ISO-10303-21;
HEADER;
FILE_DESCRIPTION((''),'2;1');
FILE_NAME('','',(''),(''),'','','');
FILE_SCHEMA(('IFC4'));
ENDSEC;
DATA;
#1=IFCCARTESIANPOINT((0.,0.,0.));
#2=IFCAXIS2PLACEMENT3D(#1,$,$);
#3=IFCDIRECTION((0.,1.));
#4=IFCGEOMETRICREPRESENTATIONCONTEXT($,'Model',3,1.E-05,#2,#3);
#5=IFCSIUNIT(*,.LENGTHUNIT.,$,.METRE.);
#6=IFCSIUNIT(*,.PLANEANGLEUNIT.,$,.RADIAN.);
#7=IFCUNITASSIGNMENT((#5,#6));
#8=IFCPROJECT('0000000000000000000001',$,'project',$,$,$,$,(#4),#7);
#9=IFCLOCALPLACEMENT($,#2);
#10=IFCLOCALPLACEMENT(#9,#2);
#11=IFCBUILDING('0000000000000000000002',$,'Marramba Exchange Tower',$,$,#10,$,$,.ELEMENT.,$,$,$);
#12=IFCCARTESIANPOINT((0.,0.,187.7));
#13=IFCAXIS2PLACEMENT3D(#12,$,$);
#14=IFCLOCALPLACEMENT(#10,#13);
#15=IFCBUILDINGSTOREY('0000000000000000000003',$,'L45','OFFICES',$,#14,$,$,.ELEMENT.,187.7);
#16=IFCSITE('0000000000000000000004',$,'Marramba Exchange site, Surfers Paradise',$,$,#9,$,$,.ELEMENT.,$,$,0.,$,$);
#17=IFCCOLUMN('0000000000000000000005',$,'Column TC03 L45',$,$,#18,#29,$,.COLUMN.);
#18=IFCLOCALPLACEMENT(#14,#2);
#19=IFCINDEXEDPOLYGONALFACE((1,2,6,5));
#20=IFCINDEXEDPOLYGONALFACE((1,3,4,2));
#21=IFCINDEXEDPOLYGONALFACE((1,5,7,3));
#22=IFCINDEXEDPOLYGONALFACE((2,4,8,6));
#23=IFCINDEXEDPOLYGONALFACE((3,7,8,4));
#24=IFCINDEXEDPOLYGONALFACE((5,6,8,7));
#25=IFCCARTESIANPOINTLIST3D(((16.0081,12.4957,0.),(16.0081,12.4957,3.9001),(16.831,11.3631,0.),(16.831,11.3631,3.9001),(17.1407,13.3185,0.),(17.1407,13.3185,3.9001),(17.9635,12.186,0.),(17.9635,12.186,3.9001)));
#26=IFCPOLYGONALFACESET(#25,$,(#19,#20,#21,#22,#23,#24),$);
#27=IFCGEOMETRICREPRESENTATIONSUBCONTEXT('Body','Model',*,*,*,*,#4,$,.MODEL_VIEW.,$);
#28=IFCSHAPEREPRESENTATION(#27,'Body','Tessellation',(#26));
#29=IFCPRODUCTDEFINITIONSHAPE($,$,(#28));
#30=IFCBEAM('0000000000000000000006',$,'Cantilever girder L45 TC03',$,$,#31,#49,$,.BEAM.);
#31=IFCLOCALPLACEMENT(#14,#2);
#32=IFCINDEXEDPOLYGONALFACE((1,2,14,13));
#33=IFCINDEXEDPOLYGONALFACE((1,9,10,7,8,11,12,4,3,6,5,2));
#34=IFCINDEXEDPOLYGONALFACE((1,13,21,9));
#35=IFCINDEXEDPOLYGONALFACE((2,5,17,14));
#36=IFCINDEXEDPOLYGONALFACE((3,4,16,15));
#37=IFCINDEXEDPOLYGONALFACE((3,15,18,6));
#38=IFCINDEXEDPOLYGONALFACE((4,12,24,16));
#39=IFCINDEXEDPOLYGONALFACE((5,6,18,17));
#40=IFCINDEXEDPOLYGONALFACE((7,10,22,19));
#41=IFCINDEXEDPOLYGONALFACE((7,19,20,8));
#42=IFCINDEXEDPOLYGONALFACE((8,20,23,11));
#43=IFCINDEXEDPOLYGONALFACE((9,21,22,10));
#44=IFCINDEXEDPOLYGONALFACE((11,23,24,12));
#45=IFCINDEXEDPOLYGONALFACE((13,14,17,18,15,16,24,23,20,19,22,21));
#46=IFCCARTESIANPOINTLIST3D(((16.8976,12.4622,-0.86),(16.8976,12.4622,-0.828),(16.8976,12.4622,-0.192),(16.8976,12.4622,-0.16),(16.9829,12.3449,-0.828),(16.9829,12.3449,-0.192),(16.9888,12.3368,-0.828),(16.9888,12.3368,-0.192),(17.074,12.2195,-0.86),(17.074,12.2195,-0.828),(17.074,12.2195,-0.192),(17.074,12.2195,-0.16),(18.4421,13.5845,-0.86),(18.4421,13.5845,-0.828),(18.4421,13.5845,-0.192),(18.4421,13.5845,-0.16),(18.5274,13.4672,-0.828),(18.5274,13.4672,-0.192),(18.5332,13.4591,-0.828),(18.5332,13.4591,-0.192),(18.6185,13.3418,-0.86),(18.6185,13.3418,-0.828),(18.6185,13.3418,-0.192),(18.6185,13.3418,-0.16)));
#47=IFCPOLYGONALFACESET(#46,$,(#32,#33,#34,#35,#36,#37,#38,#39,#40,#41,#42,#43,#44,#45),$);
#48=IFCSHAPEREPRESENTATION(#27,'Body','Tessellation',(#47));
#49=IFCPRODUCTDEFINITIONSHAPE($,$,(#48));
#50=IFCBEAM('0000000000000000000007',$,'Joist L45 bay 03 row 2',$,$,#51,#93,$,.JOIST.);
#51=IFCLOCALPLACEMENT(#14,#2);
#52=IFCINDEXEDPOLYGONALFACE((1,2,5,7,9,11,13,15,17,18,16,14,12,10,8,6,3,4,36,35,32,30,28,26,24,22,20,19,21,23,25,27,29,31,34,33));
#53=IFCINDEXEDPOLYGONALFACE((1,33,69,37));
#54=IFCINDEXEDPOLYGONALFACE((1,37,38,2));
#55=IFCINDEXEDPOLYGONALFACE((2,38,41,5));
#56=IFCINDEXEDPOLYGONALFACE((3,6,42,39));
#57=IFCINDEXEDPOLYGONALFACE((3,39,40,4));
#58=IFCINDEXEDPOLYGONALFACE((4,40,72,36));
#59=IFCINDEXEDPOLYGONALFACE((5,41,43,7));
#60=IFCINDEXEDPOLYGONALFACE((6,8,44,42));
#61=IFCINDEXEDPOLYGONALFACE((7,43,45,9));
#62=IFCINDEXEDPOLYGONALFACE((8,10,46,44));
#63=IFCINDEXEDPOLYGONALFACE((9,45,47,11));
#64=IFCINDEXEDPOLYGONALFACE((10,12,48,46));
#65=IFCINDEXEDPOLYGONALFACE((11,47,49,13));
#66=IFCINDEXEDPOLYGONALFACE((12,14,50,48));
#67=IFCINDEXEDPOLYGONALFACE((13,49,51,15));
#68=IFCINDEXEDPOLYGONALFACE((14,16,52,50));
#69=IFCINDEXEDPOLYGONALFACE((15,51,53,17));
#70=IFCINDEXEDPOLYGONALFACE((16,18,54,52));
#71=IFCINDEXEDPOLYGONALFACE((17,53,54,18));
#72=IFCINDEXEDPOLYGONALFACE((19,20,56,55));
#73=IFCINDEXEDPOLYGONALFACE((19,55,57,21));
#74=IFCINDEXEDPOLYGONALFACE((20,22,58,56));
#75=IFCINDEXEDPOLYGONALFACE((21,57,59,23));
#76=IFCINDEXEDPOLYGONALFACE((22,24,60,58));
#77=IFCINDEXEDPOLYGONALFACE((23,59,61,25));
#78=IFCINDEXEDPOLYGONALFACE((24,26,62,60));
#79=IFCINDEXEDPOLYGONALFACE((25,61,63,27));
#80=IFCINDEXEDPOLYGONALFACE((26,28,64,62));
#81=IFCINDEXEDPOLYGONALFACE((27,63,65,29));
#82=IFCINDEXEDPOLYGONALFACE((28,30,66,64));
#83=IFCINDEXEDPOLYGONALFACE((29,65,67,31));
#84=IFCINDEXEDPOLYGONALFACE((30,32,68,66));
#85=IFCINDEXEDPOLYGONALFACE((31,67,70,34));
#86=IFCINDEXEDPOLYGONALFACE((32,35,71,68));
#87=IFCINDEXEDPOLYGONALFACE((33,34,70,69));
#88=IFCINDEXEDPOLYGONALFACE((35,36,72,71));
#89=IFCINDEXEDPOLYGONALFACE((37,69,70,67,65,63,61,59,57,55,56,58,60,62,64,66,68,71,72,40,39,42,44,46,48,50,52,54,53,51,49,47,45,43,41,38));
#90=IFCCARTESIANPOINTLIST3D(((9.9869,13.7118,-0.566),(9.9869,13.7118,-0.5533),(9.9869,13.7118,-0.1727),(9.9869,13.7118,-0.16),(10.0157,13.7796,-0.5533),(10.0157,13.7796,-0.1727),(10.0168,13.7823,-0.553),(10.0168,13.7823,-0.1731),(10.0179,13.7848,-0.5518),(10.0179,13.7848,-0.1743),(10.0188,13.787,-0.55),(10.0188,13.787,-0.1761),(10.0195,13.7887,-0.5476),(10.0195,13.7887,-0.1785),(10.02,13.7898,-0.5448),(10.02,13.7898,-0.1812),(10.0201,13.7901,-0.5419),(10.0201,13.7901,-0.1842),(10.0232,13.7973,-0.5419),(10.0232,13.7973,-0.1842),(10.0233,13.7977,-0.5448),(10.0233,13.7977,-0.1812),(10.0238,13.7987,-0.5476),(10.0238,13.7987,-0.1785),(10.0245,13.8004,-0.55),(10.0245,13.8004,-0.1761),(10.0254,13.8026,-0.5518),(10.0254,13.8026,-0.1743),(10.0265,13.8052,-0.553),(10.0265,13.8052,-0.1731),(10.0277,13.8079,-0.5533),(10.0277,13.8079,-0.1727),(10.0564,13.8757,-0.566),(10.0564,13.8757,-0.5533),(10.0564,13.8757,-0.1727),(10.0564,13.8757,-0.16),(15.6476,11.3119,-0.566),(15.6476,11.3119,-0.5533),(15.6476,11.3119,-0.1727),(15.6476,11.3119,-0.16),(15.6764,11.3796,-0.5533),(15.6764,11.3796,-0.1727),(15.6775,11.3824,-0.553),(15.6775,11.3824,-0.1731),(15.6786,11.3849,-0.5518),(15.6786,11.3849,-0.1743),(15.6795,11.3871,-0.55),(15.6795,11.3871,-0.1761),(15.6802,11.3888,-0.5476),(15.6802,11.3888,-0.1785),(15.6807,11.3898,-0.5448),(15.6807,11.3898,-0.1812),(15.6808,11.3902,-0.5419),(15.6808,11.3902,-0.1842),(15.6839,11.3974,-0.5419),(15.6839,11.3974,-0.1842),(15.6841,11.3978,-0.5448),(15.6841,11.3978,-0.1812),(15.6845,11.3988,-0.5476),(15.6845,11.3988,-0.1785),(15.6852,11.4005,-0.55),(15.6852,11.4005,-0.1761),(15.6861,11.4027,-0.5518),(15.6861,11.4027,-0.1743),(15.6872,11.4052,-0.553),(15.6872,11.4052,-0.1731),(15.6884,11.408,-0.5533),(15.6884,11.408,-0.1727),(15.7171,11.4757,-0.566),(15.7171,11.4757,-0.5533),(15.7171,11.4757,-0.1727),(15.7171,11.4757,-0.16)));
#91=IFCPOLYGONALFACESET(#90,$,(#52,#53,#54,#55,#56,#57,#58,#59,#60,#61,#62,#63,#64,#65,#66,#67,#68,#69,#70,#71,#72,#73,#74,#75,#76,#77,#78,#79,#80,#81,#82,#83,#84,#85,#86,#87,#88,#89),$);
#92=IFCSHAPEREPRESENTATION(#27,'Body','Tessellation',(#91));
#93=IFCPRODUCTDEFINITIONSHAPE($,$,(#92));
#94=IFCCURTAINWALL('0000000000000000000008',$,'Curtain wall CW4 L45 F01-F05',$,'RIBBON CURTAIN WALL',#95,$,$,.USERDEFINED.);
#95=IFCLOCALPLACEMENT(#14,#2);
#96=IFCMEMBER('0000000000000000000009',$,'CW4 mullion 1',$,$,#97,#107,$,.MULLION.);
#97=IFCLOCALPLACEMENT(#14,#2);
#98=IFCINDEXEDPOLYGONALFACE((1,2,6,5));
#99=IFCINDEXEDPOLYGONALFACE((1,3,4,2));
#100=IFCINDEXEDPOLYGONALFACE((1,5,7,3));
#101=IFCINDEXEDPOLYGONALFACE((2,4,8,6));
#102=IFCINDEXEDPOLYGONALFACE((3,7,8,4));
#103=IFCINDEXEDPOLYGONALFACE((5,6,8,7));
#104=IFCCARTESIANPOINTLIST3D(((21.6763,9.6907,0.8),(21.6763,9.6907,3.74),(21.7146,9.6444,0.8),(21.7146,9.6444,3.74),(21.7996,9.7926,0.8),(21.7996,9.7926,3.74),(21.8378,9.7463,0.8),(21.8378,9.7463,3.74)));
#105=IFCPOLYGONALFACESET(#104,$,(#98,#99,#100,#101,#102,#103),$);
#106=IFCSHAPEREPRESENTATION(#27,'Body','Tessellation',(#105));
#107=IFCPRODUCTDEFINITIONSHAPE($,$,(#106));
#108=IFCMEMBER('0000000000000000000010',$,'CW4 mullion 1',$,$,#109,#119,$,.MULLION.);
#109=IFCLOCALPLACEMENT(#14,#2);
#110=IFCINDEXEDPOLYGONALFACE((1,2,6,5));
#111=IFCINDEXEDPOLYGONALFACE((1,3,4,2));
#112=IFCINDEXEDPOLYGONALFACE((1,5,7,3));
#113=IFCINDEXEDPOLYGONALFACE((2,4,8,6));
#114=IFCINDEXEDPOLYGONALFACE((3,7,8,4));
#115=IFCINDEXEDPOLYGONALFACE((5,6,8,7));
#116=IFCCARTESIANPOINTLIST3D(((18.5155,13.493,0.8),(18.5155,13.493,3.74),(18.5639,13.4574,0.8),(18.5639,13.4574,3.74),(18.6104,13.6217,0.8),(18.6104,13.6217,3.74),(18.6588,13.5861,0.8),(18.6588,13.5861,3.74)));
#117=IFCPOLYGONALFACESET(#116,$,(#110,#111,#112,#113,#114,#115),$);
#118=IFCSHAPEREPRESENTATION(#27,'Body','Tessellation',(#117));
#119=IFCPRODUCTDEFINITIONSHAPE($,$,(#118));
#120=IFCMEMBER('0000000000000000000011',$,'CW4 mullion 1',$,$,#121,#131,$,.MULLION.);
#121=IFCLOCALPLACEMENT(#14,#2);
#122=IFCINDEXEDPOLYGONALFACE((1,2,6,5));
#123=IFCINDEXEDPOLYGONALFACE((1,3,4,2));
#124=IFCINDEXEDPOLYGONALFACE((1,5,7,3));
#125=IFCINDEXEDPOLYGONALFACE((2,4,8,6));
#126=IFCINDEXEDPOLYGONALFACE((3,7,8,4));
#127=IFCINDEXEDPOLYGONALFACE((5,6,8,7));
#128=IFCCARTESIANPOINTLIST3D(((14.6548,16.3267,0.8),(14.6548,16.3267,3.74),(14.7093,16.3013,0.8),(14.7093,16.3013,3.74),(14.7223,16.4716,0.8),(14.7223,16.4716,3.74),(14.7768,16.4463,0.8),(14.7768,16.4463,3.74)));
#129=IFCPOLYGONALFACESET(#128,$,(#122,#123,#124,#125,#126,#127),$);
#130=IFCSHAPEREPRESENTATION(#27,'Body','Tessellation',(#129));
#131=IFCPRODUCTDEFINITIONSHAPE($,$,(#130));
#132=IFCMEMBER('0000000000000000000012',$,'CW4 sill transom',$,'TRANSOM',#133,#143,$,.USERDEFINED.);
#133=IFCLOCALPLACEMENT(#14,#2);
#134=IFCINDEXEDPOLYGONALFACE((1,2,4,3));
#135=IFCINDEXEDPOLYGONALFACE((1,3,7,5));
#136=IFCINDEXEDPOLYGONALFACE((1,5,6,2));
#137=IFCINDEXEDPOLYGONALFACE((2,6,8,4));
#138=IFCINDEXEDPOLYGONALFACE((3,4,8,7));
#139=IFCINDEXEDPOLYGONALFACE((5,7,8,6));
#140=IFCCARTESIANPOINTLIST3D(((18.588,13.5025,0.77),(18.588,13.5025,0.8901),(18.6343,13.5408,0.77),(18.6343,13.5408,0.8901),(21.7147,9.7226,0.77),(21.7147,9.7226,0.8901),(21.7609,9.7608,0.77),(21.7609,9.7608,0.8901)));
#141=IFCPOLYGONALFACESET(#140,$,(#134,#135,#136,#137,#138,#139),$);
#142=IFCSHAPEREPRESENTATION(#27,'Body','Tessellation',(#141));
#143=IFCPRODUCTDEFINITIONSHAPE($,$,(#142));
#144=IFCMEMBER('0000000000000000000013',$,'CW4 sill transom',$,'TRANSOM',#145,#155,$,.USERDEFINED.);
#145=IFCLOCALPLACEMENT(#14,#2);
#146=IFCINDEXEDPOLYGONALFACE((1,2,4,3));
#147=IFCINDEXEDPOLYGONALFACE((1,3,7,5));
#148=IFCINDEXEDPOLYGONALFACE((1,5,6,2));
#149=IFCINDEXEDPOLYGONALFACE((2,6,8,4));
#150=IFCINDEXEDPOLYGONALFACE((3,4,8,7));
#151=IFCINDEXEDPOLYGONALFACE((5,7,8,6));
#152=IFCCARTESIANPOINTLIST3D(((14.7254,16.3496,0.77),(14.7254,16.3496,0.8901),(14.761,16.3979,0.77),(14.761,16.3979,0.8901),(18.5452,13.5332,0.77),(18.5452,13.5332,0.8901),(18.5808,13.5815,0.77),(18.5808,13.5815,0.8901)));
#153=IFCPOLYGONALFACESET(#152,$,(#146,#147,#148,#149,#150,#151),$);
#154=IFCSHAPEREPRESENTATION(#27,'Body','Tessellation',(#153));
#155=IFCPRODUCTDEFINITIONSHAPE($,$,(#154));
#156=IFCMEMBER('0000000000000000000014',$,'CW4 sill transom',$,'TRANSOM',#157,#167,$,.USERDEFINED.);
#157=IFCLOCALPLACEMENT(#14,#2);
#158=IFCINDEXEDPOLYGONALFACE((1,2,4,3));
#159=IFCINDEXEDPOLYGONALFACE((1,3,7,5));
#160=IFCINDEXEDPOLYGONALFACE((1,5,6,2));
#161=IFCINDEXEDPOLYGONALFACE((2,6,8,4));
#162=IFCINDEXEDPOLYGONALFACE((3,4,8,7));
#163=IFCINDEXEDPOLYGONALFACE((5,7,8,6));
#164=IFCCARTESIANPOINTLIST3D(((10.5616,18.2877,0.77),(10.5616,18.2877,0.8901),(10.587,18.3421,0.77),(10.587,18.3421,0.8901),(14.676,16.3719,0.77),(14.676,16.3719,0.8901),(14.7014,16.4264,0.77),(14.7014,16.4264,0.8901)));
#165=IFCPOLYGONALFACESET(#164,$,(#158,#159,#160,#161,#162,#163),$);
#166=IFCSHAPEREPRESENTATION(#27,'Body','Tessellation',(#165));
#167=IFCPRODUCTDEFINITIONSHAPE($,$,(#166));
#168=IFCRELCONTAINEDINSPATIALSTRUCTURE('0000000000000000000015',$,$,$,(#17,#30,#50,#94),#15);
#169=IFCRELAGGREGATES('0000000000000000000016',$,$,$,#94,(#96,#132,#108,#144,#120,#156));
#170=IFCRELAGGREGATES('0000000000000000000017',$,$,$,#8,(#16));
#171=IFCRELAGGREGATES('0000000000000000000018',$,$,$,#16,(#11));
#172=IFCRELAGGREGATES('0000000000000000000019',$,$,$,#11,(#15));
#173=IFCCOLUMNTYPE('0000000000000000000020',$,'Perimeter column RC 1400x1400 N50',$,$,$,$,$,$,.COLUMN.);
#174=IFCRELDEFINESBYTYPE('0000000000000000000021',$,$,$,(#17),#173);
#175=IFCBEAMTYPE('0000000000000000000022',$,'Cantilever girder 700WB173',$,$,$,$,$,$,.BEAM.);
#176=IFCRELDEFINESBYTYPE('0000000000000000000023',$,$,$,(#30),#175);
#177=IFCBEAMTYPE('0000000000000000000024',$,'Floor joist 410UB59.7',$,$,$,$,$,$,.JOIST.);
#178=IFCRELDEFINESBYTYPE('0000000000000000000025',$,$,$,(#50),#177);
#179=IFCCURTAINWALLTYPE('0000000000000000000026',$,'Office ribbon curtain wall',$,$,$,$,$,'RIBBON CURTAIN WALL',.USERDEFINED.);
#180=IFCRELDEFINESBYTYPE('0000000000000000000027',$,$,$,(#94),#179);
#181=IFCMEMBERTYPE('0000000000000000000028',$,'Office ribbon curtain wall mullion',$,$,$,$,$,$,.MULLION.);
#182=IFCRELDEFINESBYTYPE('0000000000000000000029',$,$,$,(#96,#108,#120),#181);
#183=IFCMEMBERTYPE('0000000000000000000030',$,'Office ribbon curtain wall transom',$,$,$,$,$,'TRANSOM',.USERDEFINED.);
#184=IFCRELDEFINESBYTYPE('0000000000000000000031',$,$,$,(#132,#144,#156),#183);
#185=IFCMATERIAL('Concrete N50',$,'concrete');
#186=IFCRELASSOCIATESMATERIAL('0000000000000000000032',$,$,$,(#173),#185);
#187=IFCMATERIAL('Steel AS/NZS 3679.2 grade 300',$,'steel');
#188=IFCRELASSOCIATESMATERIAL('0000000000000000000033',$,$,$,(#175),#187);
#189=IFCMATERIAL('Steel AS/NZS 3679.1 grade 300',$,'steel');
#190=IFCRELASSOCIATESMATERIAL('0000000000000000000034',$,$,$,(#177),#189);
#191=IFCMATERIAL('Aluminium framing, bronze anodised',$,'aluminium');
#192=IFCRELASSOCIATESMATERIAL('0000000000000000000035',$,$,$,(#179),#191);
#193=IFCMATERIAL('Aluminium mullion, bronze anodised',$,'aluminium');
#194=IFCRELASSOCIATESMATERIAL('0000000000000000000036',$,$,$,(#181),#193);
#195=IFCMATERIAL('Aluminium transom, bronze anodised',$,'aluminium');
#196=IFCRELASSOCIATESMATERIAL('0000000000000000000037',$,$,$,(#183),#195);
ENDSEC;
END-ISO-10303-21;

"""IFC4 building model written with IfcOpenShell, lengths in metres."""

from ifc_helpers import new_model, si_unit, direction, frame, origin, origin_2d, place, context, subcontext, project, spatial, rectangle, i_section, extrude, material, material_profile, profile_set, type_object, element, aggregate, save


model = new_model("IFC4")

# Units and contexts
model_context = context("Model", 3, precision=1e-05, world=origin(), true_north=direction((0.0, 1.0)))
body_context = subcontext(model_context, "Body", "Model", "MODEL_VIEW")
ifc_project = project(units=[si_unit("LENGTHUNIT", "METRE"), si_unit("PLANEANGLEUNIT", "RADIAN")], contexts=[model_context])

# Site, building, storey
site_placement = place(None, origin())
site = spatial("IfcSite", under=ifc_project, at=site_placement, Name="Marramba Exchange site, Surfers Paradise", CompositionType="ELEMENT", RefElevation=0.0)
building_placement = place(site_placement, origin())
building = spatial("IfcBuilding", under=site, at=building_placement, Name="Marramba Exchange Tower", CompositionType="ELEMENT")
storey_placement = place(building_placement, frame((0.0, 0.0, 187.7)))
storey = spatial("IfcBuildingStorey", under=building, at=storey_placement, Name="L45", Description="OFFICES", CompositionType="ELEMENT", Elevation=187.7)

# Column
ifc_material_1 = material(Name="Concrete N50", Category="concrete")
ifc_material_profile_1 = material_profile(ifc_material_1, rectangle(XDim=1.3999, YDim=1.3999, at=origin_2d()), Name="RC 1400x1400")
ifc_profile_set_1 = profile_set([ifc_material_profile_1], Name="Concrete N50")
column_type = type_object("IfcColumnType", Name="Perimeter column RC 1400x1400 N50", PredefinedType="COLUMN", material=ifc_profile_set_1)
column_placement = place(storey_placement, frame((16.9858, 12.3408, 0.0), z_axis=(0.0, 0.0, 1.0), x_axis=(0.809017, 0.587785, 0.0)))
element("IfcColumn", 1, at=column_placement, inside=storey, type_object=column_type, Name="Column TC03 L45", PredefinedType="COLUMN", context=body_context, shape_type="SweptSolid", body=[
    extrude(rectangle(XDim=1.3999, YDim=1.3999, at=origin_2d()), origin(), (0.0, 0.0, 1.0), 3.9001),
])

# Beams
ifc_material_2 = material(Name="Steel AS/NZS 3679.2 grade 300", Category="steel")
ifc_material_profile_2 = material_profile(ifc_material_2, i_section(OverallWidth=0.3, OverallDepth=0.7, WebThickness=0.01, FlangeThickness=0.032, at=origin_2d()), Name="700WB173")
ifc_profile_set_2 = profile_set([ifc_material_profile_2], Name="Steel AS/NZS 3679.2 grade 300")
beam_type_1 = type_object("IfcBeamType", Name="Cantilever girder 700WB173", PredefinedType="BEAM", material=ifc_profile_set_2)
beam_1_placement = place(storey_placement, frame((16.9858, 12.3408, -0.51), z_axis=(0.808963, 0.58786, 0.0), x_axis=(-0.58786, 0.808963, 0.0)))
element("IfcBeam", 2, at=beam_1_placement, inside=storey, type_object=beam_type_1, Name="Cantilever girder L45 TC03", PredefinedType="BEAM", context=body_context, shape_type="SweptSolid", body=[
    extrude(i_section(OverallWidth=0.3, OverallDepth=0.7, WebThickness=0.01, FlangeThickness=0.032, at=origin_2d()), origin(), (0.0, 0.0, 1.0), 1.9092),
])
ifc_material_3 = material(Name="Steel AS/NZS 3679.1 grade 300", Category="steel")
ifc_material_profile_3 = material_profile(ifc_material_3, i_section(OverallWidth=0.178, OverallDepth=0.406, WebThickness=0.0078, FlangeThickness=0.0127, FilletRadius=0.0115, at=origin_2d()), Name="410UB59.7")
ifc_profile_set_3 = profile_set([ifc_material_profile_3], Name="Steel AS/NZS 3679.1 grade 300")
beam_type_2 = type_object("IfcBeamType", Name="Floor joist 410UB59.7", PredefinedType="JOIST", material=ifc_profile_set_3)
beam_2_placement = place(storey_placement, frame((15.6824, 11.3938, -0.363), z_axis=(-0.920674, 0.390332, 0.0), x_axis=(-0.390332, -0.920674, 0.0)))
element("IfcBeam", 3, at=beam_2_placement, inside=storey, type_object=beam_type_2, Name="Joist L45 bay 03 row 2", PredefinedType="JOIST", context=body_context, shape_type="SweptSolid", body=[
    extrude(i_section(OverallWidth=0.178, OverallDepth=0.406, WebThickness=0.0078, FlangeThickness=0.0127, FilletRadius=0.0115, at=origin_2d()), origin(), (0.0, 0.0, 1.0), 6.1484),
])

# Curtain wall, members
ifc_material_4 = material(Name="Aluminium framing, bronze anodised", Category="aluminium")
curtain_wall_type = type_object("IfcCurtainWallType", Name="Office ribbon curtain wall", ElementType="RIBBON CURTAIN WALL", PredefinedType="USERDEFINED", material=ifc_material_4)
curtain_wall_placement = place(storey_placement, origin())
curtain_wall = element("IfcCurtainWall", 4, at=curtain_wall_placement, inside=storey, type_object=curtain_wall_type, Name="Curtain wall CW4 L45 F01-F05", ObjectType="RIBBON CURTAIN WALL", PredefinedType="USERDEFINED")
ifc_material_5 = material(Name="Aluminium mullion, bronze anodised", Category="aluminium")
ifc_material_profile_4 = material_profile(ifc_material_5, rectangle(XDim=0.1599, YDim=0.0601, at=origin_2d()), Name="CW4 mullion 60x160")
ifc_profile_set_4 = profile_set([ifc_material_profile_4], Name="Aluminium mullion, bronze anodised")
member_type_1 = type_object("IfcMemberType", Name="Office ribbon curtain wall mullion", PredefinedType="MULLION", material=ifc_profile_set_4)
member_1_placement = place(storey_placement, frame((21.7571, 9.7185, 0.8), z_axis=(0.0, 0.0, 1.0), x_axis=(-0.770574, -0.63735, 0.0)))
member_1 = element("IfcMember", 5, at=member_1_placement, type_object=member_type_1, Name="CW4 mullion 1", PredefinedType="MULLION", context=body_context, shape_type="SweptSolid", body=[
    extrude(rectangle(XDim=0.1599, YDim=0.0601, at=origin_2d()), origin(), (0.0, 0.0, 1.0), 2.9399),
])
member_2_placement = place(storey_placement, frame((18.5872, 13.5396, 0.8), z_axis=(0.0, 0.0, 1.0), x_axis=(-0.593441, -0.804877, 0.0)))
member_2 = element("IfcMember", 6, at=member_2_placement, type_object=member_type_1, Name="CW4 mullion 1", PredefinedType="MULLION", context=body_context, shape_type="SweptSolid", body=[
    extrude(rectangle(XDim=0.1599, YDim=0.0601, at=origin_2d()), origin(), (0.0, 0.0, 1.0), 2.9399),
])
member_3_placement = place(storey_placement, frame((14.7158, 16.3865, 0.8), z_axis=(0.0, 0.0, 1.0), x_axis=(-0.422133, -0.906534, 0.0)))
member_3 = element("IfcMember", 7, at=member_3_placement, type_object=member_type_1, Name="CW4 mullion 1", PredefinedType="MULLION", context=body_context, shape_type="SweptSolid", body=[
    extrude(rectangle(XDim=0.1599, YDim=0.0601, at=origin_2d()), origin(), (0.0, 0.0, 1.0), 2.9399),
])
ifc_material_6 = material(Name="Aluminium transom, bronze anodised", Category="aluminium")
ifc_material_profile_5 = material_profile(ifc_material_6, rectangle(XDim=0.0601, YDim=0.1201, at=origin_2d()), Name="CW4 transom 60x120")
ifc_profile_set_5 = profile_set([ifc_material_profile_5], Name="Aluminium transom, bronze anodised")
member_type_2 = type_object("IfcMemberType", Name="Office ribbon curtain wall transom", ElementType="TRANSOM", PredefinedType="USERDEFINED", material=ifc_profile_set_5)
member_4_placement = place(storey_placement, frame((21.7378, 9.7417, 0.8301), z_axis=(-0.637375, 0.770554, 0.0), x_axis=(-0.770554, -0.637375, 0.0)))
member_4 = element("IfcMember", 8, at=member_4_placement, type_object=member_type_2, Name="CW4 sill transom", ObjectType="TRANSOM", PredefinedType="USERDEFINED", context=body_context, shape_type="SweptSolid", body=[
    extrude(rectangle(XDim=0.0601, YDim=0.1201, at=origin_2d()), origin(), (0.0, 0.0, 1.0), 4.9055),
])
member_5_placement = place(storey_placement, frame((18.563, 13.5574, 0.8301), z_axis=(-0.804875, 0.593445, 0.0), x_axis=(-0.593445, -0.804875, 0.0)))
member_5 = element("IfcMember", 9, at=member_5_placement, type_object=member_type_2, Name="CW4 sill transom", ObjectType="TRANSOM", PredefinedType="USERDEFINED", context=body_context, shape_type="SweptSolid", body=[
    extrude(rectangle(XDim=0.0601, YDim=0.1201, at=origin_2d()), origin(), (0.0, 0.0, 1.0), 4.7458),
])
member_6_placement = place(storey_placement, frame((14.6887, 16.3992, 0.8301), z_axis=(-0.906548, 0.422102, 0.0), x_axis=(-0.422102, -0.906548, 0.0)))
member_6 = element("IfcMember", 10, at=member_6_placement, type_object=member_type_2, Name="CW4 sill transom", ObjectType="TRANSOM", PredefinedType="USERDEFINED", context=body_context, shape_type="SweptSolid", body=[
    extrude(rectangle(XDim=0.0601, YDim=0.1201, at=origin_2d()), origin(), (0.0, 0.0, 1.0), 4.5386),
])

aggregate(curtain_wall, [member_1, member_4, member_2, member_5, member_3, member_6])

save(model, "model.ifc")
